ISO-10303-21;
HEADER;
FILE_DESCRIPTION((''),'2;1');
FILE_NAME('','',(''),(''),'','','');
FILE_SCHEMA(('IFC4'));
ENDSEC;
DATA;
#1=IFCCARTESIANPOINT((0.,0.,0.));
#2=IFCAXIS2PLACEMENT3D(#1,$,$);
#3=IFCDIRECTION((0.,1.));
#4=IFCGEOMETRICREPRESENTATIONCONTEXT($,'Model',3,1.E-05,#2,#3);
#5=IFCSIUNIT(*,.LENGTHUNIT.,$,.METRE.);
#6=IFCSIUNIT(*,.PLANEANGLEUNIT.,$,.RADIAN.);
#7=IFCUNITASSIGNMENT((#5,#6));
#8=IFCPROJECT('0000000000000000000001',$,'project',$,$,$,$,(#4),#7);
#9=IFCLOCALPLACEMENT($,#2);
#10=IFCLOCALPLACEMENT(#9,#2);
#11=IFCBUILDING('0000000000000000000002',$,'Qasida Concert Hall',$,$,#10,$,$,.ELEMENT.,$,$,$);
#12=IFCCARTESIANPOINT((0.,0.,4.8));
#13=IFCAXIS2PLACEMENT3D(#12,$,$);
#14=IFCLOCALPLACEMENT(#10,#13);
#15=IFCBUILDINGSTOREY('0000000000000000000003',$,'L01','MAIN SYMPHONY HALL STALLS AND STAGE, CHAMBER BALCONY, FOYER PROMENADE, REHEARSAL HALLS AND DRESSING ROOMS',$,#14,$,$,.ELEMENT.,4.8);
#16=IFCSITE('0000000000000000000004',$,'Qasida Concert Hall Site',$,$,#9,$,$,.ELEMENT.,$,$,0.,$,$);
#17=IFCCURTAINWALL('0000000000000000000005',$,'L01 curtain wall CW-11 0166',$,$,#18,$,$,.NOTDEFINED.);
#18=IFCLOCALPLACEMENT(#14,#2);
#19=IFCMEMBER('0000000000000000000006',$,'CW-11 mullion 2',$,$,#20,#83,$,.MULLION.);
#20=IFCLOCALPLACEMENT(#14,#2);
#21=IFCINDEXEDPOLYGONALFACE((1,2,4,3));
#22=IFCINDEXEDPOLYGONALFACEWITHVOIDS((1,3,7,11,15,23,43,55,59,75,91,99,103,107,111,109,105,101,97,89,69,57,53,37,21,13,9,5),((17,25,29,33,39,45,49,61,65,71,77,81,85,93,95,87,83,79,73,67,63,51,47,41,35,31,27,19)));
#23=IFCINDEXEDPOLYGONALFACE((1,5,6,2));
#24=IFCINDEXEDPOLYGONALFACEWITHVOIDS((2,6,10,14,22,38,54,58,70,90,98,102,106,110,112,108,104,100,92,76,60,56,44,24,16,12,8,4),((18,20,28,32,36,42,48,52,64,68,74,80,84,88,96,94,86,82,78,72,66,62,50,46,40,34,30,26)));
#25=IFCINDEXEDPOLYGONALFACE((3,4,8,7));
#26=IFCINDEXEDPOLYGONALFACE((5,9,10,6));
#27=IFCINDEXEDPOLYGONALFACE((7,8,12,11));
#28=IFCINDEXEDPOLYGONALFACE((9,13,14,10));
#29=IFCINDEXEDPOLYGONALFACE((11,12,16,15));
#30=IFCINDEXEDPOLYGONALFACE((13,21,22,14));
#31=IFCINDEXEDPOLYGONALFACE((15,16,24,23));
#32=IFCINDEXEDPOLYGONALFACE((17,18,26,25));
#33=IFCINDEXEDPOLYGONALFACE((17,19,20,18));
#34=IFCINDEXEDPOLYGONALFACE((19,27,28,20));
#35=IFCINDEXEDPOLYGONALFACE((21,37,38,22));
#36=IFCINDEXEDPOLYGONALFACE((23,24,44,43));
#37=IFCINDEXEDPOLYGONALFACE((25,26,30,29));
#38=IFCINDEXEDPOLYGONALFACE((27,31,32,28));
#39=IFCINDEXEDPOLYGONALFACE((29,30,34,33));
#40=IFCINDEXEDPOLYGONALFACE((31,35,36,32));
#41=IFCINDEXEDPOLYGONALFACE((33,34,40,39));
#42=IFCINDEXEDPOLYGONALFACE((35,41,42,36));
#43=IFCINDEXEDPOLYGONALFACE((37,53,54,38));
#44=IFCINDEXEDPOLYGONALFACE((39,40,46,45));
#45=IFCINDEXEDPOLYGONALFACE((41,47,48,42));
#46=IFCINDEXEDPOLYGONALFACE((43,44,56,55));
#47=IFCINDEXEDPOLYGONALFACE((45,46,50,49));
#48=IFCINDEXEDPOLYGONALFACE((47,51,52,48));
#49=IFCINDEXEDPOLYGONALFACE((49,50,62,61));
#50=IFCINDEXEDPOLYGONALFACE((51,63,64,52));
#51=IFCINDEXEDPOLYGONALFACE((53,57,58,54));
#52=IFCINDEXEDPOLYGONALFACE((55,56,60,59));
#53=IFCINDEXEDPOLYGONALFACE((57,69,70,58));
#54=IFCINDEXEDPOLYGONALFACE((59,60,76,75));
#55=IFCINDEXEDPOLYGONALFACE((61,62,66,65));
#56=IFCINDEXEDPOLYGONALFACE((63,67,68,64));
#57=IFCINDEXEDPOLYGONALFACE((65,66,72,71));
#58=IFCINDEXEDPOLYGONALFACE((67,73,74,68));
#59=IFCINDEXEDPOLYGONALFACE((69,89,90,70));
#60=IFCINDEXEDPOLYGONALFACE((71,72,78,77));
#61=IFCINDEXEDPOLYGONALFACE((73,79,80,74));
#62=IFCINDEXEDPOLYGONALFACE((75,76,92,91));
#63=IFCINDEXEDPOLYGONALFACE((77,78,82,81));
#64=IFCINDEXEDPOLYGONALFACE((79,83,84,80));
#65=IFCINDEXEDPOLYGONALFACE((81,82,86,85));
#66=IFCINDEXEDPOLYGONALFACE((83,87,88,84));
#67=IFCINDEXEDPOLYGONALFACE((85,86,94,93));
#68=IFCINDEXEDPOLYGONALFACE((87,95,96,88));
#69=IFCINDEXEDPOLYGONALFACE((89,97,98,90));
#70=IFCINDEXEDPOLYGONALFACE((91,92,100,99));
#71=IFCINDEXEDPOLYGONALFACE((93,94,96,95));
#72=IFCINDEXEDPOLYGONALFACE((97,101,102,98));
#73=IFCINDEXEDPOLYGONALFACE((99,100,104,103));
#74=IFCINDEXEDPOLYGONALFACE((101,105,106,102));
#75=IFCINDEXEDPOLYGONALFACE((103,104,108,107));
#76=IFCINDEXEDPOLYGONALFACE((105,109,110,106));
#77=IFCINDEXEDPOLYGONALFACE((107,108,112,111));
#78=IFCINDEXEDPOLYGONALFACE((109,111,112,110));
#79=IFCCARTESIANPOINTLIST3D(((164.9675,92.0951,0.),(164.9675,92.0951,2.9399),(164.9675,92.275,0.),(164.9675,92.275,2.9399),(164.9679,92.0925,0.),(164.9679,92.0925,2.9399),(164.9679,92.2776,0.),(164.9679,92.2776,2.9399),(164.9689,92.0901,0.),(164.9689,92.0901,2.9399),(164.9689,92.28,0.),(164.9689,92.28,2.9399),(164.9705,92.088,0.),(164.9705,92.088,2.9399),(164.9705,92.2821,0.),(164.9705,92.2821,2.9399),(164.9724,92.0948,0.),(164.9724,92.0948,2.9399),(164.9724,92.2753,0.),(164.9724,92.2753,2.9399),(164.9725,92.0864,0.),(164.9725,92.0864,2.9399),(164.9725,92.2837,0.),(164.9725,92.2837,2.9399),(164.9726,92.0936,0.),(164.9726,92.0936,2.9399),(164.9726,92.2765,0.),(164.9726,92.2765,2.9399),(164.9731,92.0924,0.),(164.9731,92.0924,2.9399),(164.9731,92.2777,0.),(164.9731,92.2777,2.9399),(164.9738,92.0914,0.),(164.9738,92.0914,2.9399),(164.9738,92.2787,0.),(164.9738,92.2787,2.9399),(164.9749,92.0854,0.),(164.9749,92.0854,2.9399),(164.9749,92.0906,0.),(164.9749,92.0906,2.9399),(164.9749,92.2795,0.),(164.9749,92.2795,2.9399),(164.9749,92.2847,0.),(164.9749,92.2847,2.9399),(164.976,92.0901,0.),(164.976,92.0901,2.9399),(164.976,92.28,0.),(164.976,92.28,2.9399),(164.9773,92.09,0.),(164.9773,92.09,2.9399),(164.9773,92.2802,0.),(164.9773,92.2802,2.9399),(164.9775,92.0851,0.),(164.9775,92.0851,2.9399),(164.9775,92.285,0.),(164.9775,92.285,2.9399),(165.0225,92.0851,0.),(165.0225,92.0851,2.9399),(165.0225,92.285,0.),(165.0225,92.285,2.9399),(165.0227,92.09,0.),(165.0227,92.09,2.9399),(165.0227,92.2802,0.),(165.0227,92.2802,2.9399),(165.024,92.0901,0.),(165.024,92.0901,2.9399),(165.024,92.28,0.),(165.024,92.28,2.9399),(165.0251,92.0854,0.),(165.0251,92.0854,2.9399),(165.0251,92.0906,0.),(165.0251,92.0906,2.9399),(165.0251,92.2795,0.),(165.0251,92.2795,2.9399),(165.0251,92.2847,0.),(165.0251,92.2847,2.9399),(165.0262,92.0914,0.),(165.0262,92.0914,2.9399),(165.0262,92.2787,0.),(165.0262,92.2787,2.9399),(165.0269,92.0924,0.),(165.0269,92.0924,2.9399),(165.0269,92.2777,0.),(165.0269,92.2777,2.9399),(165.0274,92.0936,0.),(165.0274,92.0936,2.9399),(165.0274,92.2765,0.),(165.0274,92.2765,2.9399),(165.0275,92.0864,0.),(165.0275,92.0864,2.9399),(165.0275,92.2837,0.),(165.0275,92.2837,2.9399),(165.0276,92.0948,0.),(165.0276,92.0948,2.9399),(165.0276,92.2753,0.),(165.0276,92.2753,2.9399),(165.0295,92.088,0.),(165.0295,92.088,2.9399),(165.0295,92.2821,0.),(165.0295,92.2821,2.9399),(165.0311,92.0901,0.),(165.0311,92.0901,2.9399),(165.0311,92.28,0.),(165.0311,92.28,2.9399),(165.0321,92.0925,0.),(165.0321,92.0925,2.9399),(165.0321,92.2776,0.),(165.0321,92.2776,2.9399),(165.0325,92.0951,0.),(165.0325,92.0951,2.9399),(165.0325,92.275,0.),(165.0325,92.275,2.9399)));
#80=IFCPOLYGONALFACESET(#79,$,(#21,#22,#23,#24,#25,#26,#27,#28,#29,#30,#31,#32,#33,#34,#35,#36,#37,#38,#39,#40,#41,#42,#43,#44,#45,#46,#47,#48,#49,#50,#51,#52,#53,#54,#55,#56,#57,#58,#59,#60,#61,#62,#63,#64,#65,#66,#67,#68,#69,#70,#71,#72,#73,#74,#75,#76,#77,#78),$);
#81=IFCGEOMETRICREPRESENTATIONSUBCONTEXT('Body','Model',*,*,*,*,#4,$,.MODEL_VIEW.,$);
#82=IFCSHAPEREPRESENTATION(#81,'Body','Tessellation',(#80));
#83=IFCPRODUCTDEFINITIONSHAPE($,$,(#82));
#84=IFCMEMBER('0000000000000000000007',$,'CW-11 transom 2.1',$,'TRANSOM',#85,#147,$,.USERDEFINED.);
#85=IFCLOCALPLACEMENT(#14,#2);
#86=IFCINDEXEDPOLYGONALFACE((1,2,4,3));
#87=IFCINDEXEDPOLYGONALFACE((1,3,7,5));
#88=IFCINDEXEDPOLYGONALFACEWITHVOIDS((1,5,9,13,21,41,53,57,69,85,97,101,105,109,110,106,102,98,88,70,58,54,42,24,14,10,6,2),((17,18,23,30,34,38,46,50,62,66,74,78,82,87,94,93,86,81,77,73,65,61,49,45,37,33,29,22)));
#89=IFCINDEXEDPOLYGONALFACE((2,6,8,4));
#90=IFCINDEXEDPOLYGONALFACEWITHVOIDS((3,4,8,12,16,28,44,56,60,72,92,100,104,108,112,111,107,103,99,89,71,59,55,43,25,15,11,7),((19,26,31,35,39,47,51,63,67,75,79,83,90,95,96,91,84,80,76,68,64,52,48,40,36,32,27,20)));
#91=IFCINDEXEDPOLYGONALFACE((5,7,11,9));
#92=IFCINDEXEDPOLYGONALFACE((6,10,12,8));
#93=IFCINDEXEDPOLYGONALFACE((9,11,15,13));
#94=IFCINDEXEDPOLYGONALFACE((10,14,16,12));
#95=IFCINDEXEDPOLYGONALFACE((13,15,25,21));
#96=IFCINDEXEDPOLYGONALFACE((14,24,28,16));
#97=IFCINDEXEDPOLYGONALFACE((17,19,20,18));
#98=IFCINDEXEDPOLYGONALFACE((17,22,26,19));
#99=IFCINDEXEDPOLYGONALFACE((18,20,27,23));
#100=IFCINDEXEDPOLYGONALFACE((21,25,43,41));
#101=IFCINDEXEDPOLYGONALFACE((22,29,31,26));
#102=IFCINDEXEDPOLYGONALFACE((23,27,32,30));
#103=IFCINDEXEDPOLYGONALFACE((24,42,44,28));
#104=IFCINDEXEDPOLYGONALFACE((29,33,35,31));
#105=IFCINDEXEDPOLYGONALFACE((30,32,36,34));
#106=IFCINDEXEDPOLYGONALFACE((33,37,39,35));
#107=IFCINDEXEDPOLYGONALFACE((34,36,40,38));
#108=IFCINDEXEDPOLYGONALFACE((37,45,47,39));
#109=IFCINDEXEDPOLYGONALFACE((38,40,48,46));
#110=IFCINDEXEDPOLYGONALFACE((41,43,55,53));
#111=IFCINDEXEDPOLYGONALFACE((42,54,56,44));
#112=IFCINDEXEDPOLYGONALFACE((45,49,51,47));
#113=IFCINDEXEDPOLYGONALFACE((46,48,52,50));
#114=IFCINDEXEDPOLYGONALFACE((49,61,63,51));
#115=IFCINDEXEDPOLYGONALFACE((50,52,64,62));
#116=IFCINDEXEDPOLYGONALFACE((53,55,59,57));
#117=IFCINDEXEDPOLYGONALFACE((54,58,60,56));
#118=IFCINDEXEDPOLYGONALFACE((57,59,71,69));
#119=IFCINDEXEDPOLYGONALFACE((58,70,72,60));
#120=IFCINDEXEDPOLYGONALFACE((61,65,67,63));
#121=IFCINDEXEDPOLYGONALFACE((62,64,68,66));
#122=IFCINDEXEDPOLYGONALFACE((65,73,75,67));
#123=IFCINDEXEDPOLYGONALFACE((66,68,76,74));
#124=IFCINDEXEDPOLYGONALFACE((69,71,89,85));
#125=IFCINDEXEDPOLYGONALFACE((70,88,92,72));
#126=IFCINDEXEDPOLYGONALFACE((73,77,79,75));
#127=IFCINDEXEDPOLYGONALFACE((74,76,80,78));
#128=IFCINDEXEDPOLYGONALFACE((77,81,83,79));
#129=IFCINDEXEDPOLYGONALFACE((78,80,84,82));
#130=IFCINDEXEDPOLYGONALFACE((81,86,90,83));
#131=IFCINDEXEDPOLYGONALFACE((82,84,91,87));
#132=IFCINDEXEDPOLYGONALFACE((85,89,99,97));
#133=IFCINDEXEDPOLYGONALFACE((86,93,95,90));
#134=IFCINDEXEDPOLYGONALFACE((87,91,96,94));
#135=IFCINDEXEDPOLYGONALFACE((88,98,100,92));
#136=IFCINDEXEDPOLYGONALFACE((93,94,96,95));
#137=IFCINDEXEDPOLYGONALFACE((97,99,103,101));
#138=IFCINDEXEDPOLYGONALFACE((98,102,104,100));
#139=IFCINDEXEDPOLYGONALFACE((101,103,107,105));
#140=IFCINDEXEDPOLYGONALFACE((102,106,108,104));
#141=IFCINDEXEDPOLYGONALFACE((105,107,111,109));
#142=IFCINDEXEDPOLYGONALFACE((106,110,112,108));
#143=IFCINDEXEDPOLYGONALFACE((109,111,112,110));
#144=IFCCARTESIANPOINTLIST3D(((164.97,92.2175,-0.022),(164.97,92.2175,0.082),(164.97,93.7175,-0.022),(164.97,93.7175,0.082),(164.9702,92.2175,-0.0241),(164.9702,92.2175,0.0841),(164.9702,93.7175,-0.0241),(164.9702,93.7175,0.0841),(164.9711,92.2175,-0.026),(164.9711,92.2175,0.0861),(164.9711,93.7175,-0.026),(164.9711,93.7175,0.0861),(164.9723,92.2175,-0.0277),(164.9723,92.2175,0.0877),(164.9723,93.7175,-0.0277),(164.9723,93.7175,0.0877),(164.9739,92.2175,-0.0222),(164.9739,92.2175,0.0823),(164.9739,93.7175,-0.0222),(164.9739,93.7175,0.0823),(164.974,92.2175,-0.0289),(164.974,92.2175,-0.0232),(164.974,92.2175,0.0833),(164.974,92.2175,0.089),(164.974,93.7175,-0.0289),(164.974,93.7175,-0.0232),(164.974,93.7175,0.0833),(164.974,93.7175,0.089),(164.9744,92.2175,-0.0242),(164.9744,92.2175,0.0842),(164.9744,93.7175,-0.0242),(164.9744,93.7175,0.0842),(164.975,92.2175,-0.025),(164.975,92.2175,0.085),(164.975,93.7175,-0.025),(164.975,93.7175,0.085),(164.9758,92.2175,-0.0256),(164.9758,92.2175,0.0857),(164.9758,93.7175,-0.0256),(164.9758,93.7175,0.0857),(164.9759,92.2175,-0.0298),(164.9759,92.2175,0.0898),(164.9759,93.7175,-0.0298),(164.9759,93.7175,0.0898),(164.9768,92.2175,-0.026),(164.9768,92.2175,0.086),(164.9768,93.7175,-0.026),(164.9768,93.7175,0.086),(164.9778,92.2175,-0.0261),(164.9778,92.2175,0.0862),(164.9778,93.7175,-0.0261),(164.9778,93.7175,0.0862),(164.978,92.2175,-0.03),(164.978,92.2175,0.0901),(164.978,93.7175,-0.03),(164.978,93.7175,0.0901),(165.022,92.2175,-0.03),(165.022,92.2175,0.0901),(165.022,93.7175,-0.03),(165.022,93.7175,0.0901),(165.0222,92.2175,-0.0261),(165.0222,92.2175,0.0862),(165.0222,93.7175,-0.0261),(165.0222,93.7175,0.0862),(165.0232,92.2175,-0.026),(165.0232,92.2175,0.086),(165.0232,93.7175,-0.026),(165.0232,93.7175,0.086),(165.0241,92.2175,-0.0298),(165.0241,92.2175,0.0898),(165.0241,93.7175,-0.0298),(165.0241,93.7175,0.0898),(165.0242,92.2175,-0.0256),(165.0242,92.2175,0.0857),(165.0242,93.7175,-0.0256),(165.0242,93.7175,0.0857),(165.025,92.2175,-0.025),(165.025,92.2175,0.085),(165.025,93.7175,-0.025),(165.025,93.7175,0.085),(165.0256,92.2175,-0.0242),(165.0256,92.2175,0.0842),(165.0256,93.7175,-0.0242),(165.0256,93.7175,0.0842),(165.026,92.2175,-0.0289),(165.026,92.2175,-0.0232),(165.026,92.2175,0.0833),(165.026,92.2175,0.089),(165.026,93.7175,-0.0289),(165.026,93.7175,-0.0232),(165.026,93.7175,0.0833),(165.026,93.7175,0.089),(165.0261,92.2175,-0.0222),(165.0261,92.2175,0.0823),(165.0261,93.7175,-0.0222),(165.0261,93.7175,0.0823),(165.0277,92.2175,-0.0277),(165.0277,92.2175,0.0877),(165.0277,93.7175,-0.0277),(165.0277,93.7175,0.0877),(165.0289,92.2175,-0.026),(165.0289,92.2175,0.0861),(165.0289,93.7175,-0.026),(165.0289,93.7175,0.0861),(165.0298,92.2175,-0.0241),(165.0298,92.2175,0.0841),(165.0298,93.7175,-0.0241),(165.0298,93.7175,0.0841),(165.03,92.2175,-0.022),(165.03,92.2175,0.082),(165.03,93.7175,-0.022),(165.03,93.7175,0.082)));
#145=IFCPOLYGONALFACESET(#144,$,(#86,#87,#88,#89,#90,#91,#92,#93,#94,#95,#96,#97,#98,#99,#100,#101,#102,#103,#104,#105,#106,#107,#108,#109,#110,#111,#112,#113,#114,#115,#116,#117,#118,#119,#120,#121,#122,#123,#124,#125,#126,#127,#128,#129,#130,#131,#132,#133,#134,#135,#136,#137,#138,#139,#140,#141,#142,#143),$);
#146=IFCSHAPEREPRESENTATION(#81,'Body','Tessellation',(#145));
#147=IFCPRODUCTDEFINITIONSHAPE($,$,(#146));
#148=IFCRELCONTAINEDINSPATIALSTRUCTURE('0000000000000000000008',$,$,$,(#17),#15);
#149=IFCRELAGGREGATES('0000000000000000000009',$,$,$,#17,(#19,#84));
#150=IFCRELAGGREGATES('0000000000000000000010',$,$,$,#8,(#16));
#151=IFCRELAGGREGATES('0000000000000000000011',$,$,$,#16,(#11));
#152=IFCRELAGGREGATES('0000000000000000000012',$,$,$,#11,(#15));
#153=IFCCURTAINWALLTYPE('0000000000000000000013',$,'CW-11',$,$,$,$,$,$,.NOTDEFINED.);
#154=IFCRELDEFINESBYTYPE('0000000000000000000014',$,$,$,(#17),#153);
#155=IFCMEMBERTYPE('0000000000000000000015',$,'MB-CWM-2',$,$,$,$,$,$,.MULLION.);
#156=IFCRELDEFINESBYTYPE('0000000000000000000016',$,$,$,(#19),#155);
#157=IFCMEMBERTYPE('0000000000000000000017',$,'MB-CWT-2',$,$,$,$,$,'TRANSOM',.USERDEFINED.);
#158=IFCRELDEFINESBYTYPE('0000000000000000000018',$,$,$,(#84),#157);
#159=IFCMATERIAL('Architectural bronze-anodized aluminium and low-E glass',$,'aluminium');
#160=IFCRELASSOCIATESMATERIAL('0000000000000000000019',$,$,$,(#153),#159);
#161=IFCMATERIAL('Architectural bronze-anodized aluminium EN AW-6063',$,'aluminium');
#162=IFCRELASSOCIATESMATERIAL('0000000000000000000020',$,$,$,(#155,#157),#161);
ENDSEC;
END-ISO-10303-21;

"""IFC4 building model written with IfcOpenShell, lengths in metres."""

from ifc_helpers import new_model, si_unit, direction, frame, origin, origin_2d, place, context, subcontext, project, spatial, hollow_rectangle, extrude, material, material_profile, profile_set, type_object, element, aggregate, save


model = new_model("IFC4")

# Units and contexts
model_context = context("Model", 3, precision=1e-05, world=origin(), true_north=direction((0.0, 1.0)))
body_context = subcontext(model_context, "Body", "Model", "MODEL_VIEW")
ifc_project = project(units=[si_unit("LENGTHUNIT", "METRE"), si_unit("PLANEANGLEUNIT", "RADIAN")], contexts=[model_context])

# Site, building, storey
site_placement = place(None, origin())
site = spatial("IfcSite", under=ifc_project, at=site_placement, Name="Qasida Concert Hall Site", CompositionType="ELEMENT", RefElevation=0.0)
building_placement = place(site_placement, origin())
building = spatial("IfcBuilding", under=site, at=building_placement, Name="Qasida Concert Hall", CompositionType="ELEMENT")
storey_placement = place(building_placement, frame((0.0, 0.0, 4.8)))
storey = spatial("IfcBuildingStorey", under=building, at=storey_placement, Name="L01", Description="MAIN SYMPHONY HALL STALLS AND STAGE, CHAMBER BALCONY, FOYER PROMENADE, REHEARSAL HALLS AND DRESSING ROOMS", CompositionType="ELEMENT", Elevation=4.8)

# Curtain wall, members
ifc_material_1 = material(Name="Architectural bronze-anodized aluminium and low-E glass", Category="aluminium")
curtain_wall_type = type_object("IfcCurtainWallType", Name="CW-11", PredefinedType="NOTDEFINED", material=ifc_material_1)
curtain_wall_placement = place(storey_placement, origin())
curtain_wall = element("IfcCurtainWall", 1, at=curtain_wall_placement, inside=storey, type_object=curtain_wall_type, Name="L01 curtain wall CW-11 0166", PredefinedType="NOTDEFINED")
ifc_material_2 = material(Name="Architectural bronze-anodized aluminium EN AW-6063", Category="aluminium")
ifc_material_profile_1 = material_profile(ifc_material_2, hollow_rectangle(XDim=0.0649, YDim=0.2, WallThickness=0.0049, InnerFilletRadius=0.0049, OuterFilletRadius=0.01, at=origin_2d()), Name="CWM 200x65x5")
ifc_profile_set_1 = profile_set([ifc_material_profile_1], Name="Architectural bronze-anodized aluminium EN AW-6063")
member_type_1 = type_object("IfcMemberType", Name="MB-CWM-2", PredefinedType="MULLION", material=ifc_profile_set_1)
member_1_placement = place(storey_placement, frame((165.0, 92.1851, 0.0), z_axis=(0.0, 0.0, 1.0), x_axis=(-1.0, 0.0, 0.0)))
member_1 = element("IfcMember", 2, at=member_1_placement, type_object=member_type_1, Name="CW-11 mullion 2", PredefinedType="MULLION", context=body_context, shape_type="SweptSolid", body=[
    extrude(hollow_rectangle(XDim=0.0649, YDim=0.2, WallThickness=0.0049, InnerFilletRadius=0.0049, OuterFilletRadius=0.01, at=origin_2d()), origin(), (0.0, 0.0, 1.0), 2.9399),
])
ifc_material_profile_2 = material_profile(ifc_material_2, hollow_rectangle(XDim=0.0601, YDim=0.1201, WallThickness=0.0039, InnerFilletRadius=0.0039, OuterFilletRadius=0.0081, at=origin_2d()), Name="CWT 120x60x4")
ifc_profile_set_2 = profile_set([ifc_material_profile_2], Name="Architectural bronze-anodized aluminium EN AW-6063")
member_type_2 = type_object("IfcMemberType", Name="MB-CWT-2", ElementType="TRANSOM", PredefinedType="USERDEFINED", material=ifc_profile_set_2)
member_2_placement = place(storey_placement, frame((165.0, 92.2175, 0.03), z_axis=(0.0, 1.0, 0.0), x_axis=(-1.0, 0.0, 0.0)))
member_2 = element("IfcMember", 3, at=member_2_placement, type_object=member_type_2, Name="CW-11 transom 2.1", ObjectType="TRANSOM", PredefinedType="USERDEFINED", context=body_context, shape_type="SweptSolid", body=[
    extrude(hollow_rectangle(XDim=0.0601, YDim=0.1201, WallThickness=0.0039, InnerFilletRadius=0.0039, OuterFilletRadius=0.0081, at=origin_2d()), origin(), (0.0, 0.0, 1.0), 1.5),
])
aggregate(curtain_wall, [member_1, member_2])

save(model, "model.ifc")
